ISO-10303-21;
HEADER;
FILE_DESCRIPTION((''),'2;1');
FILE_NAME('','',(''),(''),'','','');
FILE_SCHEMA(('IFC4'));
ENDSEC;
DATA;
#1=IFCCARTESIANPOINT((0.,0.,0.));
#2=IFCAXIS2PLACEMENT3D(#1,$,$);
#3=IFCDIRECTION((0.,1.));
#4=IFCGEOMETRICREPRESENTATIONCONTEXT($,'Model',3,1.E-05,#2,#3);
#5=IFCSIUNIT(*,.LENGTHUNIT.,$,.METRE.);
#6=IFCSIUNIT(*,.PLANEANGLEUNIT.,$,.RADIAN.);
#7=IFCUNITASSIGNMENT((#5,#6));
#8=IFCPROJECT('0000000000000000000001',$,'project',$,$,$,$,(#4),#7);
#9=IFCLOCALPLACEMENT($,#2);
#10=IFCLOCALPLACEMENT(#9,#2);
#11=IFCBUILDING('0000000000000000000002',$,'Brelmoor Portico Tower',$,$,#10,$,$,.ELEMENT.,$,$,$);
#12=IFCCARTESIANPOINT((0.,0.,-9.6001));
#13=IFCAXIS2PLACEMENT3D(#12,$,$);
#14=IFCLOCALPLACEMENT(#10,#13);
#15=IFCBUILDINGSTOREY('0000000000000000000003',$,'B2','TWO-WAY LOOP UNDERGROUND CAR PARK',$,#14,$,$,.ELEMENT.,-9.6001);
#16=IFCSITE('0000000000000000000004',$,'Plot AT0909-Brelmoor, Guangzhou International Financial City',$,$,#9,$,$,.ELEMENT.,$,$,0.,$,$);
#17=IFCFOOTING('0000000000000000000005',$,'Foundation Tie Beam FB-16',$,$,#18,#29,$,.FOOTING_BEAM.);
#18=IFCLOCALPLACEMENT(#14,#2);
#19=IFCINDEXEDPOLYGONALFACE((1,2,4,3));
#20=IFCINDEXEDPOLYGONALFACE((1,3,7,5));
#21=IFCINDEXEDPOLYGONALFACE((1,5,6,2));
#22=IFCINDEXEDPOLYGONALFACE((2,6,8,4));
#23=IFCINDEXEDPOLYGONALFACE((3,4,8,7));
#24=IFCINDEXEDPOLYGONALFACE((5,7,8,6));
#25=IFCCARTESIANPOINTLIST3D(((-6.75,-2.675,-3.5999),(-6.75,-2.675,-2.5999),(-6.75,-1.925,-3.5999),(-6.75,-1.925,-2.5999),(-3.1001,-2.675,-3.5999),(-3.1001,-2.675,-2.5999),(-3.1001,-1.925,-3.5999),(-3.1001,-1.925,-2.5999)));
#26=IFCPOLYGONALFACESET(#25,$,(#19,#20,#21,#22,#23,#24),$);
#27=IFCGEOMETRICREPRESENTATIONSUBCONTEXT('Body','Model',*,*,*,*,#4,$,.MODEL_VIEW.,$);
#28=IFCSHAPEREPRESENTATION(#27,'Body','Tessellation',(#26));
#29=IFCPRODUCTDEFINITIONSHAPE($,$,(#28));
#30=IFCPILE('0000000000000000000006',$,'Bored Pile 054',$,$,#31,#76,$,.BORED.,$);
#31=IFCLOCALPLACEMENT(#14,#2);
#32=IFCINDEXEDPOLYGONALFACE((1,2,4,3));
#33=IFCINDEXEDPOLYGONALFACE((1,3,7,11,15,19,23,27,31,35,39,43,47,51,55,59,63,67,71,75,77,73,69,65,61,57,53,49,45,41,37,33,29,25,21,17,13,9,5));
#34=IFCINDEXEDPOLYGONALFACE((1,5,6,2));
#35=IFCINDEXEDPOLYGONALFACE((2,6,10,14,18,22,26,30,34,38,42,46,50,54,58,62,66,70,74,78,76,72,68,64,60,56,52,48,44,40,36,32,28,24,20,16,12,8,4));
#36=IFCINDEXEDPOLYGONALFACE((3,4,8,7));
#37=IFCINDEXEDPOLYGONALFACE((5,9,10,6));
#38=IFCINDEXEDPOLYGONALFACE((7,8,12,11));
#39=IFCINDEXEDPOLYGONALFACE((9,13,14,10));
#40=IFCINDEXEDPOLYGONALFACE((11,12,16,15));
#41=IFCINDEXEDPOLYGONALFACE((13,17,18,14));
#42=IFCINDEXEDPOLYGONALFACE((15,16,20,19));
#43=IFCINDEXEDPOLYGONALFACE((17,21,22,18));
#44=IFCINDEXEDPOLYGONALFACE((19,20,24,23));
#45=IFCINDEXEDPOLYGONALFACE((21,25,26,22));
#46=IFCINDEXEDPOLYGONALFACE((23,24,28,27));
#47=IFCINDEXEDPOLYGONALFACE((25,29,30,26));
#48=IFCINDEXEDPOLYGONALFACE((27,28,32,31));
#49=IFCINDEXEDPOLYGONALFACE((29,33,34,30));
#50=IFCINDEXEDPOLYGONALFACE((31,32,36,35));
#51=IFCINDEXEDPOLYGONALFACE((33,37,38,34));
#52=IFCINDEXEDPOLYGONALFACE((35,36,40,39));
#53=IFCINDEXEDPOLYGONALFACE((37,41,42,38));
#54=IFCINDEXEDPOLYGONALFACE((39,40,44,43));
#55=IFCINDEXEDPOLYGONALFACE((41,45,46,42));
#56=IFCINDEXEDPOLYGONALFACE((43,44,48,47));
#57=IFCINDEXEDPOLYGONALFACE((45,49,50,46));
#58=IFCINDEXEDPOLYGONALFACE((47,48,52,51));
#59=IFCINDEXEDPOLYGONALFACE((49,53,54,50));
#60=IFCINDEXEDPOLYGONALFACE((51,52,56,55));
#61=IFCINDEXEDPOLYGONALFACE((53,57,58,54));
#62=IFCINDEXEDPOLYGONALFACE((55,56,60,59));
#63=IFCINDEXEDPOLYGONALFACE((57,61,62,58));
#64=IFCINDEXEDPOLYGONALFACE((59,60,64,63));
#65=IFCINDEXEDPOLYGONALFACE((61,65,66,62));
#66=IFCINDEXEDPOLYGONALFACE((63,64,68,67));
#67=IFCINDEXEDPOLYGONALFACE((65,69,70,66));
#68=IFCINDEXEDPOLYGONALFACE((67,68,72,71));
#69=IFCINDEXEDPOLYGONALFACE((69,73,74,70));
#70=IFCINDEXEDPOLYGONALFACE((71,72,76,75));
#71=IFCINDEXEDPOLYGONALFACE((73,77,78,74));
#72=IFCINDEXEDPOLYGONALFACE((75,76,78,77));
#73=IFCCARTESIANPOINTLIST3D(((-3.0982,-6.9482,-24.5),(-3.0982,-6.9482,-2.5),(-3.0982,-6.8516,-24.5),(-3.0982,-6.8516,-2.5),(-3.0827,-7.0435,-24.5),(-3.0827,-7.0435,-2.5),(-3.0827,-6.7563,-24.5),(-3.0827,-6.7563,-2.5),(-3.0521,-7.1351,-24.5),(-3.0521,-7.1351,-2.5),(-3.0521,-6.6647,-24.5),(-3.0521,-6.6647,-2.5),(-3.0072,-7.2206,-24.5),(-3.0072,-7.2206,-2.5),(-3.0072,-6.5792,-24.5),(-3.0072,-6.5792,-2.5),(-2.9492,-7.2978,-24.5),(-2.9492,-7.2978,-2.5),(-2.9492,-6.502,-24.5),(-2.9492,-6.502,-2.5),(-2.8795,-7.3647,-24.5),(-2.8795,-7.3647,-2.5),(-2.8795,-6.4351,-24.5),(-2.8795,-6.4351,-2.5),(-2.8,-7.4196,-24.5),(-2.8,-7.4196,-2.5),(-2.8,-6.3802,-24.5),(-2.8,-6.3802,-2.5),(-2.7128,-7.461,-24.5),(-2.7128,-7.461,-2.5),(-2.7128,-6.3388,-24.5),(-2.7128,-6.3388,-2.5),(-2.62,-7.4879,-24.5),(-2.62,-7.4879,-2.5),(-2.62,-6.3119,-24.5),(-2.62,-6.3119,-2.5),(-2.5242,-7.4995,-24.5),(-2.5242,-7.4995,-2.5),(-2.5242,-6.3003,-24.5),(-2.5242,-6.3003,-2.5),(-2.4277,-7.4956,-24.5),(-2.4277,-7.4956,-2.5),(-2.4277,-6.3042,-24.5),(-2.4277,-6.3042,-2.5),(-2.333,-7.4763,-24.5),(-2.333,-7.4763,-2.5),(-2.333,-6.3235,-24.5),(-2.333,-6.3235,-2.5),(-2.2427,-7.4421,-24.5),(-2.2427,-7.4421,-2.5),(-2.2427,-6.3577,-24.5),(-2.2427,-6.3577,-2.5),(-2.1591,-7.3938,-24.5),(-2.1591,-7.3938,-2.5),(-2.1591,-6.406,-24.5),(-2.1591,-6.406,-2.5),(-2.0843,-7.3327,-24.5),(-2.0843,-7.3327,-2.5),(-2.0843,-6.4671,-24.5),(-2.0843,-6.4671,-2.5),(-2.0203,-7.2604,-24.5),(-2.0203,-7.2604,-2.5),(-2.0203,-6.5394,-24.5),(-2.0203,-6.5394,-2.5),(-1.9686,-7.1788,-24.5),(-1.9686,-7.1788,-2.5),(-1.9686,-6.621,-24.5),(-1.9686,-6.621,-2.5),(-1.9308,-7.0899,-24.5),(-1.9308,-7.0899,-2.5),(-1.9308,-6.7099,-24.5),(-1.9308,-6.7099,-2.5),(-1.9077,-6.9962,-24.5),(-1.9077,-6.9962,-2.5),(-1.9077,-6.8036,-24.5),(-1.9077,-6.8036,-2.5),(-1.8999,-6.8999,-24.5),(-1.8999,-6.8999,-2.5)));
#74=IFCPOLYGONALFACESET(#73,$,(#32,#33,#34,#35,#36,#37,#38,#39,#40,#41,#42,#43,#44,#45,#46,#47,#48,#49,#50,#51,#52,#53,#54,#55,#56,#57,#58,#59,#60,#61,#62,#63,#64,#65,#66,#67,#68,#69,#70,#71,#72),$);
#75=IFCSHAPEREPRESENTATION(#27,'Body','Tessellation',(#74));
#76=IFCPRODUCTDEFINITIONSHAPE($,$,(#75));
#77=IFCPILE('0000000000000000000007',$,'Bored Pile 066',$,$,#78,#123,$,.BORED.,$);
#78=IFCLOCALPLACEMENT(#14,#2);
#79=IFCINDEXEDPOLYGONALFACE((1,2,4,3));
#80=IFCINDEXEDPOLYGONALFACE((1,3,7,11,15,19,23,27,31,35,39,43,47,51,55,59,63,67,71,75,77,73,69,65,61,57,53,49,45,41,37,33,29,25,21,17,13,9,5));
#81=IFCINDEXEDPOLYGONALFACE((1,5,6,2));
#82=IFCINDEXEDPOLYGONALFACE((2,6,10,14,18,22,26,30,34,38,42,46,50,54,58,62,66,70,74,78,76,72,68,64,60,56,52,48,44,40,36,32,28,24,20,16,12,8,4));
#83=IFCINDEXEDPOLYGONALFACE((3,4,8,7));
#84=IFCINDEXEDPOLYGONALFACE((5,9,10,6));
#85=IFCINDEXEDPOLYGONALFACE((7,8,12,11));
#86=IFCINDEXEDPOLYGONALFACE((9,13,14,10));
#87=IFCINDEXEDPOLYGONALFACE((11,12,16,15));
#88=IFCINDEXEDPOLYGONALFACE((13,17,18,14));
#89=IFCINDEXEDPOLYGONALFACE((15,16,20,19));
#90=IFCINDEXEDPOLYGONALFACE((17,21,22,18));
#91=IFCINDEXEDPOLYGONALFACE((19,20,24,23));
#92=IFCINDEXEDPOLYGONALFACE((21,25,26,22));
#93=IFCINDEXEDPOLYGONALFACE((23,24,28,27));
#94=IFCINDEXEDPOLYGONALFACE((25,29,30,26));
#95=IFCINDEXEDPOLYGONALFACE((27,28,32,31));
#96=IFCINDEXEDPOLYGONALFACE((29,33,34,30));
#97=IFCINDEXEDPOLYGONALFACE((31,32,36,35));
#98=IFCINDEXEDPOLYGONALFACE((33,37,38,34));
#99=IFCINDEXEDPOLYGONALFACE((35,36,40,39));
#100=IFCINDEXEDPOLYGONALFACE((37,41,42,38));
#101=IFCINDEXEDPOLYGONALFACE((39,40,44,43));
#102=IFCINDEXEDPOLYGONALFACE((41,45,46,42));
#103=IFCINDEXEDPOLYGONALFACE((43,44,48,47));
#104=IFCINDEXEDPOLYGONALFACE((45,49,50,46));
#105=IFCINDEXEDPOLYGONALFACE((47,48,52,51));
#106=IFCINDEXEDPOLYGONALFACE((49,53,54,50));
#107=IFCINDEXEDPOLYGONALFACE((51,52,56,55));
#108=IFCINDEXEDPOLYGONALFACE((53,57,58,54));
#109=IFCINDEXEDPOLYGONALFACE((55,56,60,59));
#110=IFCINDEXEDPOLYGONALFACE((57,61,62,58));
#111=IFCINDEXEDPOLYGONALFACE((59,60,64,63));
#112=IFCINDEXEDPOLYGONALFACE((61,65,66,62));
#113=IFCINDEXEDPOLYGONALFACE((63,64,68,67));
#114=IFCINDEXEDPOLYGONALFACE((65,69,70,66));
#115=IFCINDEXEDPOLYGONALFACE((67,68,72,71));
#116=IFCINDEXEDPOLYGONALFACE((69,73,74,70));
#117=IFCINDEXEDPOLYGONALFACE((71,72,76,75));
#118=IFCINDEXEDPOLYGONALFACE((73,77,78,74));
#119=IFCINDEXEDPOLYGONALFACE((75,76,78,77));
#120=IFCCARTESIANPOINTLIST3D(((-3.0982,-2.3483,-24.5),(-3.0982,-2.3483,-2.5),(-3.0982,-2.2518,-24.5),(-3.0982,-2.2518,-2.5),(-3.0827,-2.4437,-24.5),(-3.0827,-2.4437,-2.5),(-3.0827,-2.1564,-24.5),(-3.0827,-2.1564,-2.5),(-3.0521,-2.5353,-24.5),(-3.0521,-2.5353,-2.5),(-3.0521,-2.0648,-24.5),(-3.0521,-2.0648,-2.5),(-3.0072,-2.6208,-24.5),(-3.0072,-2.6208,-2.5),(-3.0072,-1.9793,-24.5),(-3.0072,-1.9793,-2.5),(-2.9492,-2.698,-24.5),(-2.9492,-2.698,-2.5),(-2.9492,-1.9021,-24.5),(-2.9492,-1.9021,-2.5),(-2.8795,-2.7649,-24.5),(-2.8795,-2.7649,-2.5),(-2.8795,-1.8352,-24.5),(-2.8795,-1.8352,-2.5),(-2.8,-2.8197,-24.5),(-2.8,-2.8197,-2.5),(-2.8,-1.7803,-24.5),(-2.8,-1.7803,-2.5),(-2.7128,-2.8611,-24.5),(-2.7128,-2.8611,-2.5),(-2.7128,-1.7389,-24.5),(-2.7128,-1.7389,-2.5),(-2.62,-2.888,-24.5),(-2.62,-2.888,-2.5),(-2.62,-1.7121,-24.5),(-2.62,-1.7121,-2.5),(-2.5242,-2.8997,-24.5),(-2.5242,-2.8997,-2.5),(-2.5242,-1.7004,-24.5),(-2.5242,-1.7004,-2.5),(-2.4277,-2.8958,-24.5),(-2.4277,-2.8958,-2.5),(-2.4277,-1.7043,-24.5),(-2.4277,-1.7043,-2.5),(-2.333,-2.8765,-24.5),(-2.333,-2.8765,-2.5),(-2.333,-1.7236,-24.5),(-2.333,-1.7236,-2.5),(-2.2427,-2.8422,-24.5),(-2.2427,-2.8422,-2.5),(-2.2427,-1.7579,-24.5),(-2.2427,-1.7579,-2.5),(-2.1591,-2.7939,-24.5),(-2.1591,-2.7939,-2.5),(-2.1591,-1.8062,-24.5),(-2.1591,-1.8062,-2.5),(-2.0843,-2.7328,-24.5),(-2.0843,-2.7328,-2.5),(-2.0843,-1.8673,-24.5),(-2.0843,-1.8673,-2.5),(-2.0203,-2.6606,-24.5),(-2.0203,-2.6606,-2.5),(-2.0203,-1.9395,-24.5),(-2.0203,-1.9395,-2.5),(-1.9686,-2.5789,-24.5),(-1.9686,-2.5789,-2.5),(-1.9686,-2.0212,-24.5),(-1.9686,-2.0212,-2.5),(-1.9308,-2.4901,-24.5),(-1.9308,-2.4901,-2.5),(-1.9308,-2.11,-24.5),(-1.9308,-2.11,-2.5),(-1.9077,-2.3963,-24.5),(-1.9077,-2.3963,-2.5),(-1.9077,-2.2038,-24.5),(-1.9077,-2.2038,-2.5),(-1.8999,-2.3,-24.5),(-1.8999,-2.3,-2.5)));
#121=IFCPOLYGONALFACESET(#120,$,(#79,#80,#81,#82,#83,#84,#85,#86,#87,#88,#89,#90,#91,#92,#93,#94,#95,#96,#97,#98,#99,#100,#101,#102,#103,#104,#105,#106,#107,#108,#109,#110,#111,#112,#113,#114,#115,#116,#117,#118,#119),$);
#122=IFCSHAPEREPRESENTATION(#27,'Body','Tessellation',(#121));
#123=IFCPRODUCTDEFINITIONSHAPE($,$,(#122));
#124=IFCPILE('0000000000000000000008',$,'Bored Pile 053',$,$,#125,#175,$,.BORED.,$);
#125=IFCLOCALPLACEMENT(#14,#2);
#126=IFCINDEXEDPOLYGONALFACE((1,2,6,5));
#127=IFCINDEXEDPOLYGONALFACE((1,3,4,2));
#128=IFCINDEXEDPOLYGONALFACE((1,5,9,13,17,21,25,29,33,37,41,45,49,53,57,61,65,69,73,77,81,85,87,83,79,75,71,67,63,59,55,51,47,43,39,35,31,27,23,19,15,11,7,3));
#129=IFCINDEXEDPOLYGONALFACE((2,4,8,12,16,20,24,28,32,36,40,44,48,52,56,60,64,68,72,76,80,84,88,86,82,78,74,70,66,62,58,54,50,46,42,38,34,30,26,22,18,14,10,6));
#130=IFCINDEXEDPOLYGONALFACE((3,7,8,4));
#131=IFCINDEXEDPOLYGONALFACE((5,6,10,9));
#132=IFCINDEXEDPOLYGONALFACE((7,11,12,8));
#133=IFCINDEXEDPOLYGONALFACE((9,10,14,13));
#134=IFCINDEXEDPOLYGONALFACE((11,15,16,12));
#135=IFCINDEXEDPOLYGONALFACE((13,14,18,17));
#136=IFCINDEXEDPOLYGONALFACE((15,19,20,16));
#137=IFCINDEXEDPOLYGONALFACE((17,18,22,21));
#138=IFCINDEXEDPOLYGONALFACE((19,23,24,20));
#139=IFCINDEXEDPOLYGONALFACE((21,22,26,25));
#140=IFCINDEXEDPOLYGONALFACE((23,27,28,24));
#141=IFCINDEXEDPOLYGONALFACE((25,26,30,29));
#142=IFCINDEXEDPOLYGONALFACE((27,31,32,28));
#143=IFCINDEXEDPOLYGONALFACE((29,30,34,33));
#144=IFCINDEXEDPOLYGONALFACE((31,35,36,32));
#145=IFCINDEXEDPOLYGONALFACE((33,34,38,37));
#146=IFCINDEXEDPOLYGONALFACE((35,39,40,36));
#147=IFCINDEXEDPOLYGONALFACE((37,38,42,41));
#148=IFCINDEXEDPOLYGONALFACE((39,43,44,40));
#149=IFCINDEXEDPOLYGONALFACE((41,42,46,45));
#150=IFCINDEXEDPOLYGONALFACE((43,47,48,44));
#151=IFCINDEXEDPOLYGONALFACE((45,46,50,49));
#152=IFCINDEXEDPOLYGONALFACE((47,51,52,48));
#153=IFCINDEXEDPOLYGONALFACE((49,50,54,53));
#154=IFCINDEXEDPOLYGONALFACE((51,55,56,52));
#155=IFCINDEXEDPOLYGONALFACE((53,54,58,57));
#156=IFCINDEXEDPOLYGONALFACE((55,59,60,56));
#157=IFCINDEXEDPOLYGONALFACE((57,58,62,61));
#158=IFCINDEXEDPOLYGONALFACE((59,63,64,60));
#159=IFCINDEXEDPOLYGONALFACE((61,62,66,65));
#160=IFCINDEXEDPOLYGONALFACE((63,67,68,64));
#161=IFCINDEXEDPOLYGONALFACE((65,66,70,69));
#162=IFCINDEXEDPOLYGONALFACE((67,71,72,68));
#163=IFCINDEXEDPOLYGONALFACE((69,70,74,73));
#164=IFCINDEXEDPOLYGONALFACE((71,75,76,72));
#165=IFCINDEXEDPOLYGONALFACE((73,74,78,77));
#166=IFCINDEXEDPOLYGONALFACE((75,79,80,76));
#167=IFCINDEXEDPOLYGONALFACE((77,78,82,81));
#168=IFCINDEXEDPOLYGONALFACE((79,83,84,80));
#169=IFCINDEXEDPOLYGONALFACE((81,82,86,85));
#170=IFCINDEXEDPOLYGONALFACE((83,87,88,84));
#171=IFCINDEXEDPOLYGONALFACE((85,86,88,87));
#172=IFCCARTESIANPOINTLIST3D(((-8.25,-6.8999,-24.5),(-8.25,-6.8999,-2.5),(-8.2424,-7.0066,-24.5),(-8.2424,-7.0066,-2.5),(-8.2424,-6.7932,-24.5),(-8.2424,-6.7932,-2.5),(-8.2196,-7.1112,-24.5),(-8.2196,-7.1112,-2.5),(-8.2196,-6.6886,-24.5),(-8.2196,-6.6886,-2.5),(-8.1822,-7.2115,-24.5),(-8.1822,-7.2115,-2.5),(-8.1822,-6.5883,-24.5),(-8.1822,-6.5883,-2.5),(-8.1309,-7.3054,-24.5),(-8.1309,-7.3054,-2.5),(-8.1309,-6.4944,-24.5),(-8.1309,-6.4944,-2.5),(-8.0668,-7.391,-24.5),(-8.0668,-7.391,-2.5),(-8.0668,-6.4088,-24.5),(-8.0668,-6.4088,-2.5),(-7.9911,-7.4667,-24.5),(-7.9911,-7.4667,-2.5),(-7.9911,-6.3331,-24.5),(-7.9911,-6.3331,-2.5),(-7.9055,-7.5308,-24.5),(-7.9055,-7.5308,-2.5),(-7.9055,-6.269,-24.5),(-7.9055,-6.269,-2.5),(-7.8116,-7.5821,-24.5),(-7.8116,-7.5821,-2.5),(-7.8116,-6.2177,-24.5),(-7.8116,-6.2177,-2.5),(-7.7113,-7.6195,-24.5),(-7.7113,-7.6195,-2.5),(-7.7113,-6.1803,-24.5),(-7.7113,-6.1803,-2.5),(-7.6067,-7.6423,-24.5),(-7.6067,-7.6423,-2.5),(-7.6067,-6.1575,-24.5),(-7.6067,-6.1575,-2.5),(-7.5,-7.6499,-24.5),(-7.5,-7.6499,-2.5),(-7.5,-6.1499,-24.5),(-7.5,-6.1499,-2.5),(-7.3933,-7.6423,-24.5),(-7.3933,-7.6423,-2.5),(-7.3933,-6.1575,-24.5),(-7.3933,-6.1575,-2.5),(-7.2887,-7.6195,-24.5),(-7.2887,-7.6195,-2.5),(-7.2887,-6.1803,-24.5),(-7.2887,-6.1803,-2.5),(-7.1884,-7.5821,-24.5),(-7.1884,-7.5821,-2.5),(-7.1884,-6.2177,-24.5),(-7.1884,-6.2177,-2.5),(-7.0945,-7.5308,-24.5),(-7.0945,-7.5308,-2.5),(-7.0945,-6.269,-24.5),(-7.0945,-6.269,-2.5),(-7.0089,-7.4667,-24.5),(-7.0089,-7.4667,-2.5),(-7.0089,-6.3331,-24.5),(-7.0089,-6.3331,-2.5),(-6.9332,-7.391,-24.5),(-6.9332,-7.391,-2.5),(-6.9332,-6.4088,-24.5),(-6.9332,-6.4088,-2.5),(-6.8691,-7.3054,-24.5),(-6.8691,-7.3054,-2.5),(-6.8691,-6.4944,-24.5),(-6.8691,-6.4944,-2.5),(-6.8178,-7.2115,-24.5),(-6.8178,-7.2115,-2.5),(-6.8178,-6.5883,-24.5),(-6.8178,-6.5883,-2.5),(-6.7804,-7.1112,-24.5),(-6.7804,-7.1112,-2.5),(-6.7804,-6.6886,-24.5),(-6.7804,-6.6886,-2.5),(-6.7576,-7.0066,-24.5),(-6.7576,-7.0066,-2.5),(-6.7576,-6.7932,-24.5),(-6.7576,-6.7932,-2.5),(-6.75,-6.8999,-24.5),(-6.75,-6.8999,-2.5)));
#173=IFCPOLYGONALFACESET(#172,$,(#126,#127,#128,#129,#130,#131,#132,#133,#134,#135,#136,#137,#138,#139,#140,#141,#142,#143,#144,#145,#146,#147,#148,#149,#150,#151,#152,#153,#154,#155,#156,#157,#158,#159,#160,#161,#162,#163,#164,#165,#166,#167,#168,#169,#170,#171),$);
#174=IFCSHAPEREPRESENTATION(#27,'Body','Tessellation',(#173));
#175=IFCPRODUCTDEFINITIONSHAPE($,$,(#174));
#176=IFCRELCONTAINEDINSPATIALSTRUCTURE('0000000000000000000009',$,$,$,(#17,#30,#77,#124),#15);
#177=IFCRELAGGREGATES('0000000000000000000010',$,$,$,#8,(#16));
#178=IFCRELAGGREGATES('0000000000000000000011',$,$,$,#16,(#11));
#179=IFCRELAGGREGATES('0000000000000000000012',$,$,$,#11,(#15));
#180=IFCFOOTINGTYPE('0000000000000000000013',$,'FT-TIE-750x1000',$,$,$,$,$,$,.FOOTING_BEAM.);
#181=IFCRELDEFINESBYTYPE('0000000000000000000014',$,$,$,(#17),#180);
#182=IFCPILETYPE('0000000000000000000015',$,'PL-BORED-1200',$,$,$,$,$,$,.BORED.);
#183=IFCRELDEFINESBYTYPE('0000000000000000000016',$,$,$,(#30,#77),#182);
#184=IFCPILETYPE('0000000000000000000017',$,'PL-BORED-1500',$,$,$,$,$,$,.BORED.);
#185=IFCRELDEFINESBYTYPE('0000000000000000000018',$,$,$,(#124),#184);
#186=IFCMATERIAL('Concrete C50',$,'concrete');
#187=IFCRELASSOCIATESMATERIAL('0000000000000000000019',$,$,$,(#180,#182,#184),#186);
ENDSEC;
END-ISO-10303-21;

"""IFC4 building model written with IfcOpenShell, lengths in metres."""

from ifc_helpers import new_model, si_unit, direction, frame, origin, origin_2d, place, context, subcontext, project, spatial, rectangle, circle, extrude, material, material_profile, profile_set, type_object, element, save


model = new_model("IFC4")

# Units and contexts
model_context = context("Model", 3, precision=1e-05, world=origin(), true_north=direction((0.0, 1.0)))
body_context = subcontext(model_context, "Body", "Model", "MODEL_VIEW")
ifc_project = project(units=[si_unit("LENGTHUNIT", "METRE"), si_unit("PLANEANGLEUNIT", "RADIAN")], contexts=[model_context])

# Site, building, storey
site_placement = place(None, origin())
site = spatial("IfcSite", under=ifc_project, at=site_placement, Name="Plot AT0909-Brelmoor, Guangzhou International Financial City", CompositionType="ELEMENT", RefElevation=0.0)
building_placement = place(site_placement, origin())
building = spatial("IfcBuilding", under=site, at=building_placement, Name="Brelmoor Portico Tower", CompositionType="ELEMENT")
storey_placement = place(building_placement, frame((0.0, 0.0, -9.6001)))
storey = spatial("IfcBuildingStorey", under=building, at=storey_placement, Name="B2", Description="TWO-WAY LOOP UNDERGROUND CAR PARK", CompositionType="ELEMENT", Elevation=-9.6001)

# Footing
ifc_material_1 = material(Name="Concrete C50", Category="concrete")
ifc_material_profile_1 = material_profile(ifc_material_1, rectangle(XDim=0.75, YDim=1.0, at=origin_2d()), Name="RC 750x1000")
ifc_profile_set_1 = profile_set([ifc_material_profile_1], Name="Concrete C50")
footing_type = type_object("IfcFootingType", Name="FT-TIE-750x1000", PredefinedType="FOOTING_BEAM", material=ifc_profile_set_1)
footing_placement = place(storey_placement, frame((-6.75, -2.3, -3.0999), z_axis=(1.0, 0.0, 0.0), x_axis=(0.0, 1.0, 0.0)))
element("IfcFooting", 1, at=footing_placement, inside=storey, type_object=footing_type, Name="Foundation Tie Beam FB-16", PredefinedType="FOOTING_BEAM", context=body_context, shape_type="SweptSolid", body=[
    extrude(rectangle(XDim=0.75, YDim=1.0, at=origin_2d()), origin(), (0.0, 0.0, 1.0), 3.6499),
])

# Piles
ifc_material_profile_2 = material_profile(ifc_material_1, circle(Radius=0.6001, at=origin_2d()), Name="BORED PILE D1200")
ifc_profile_set_2 = profile_set([ifc_material_profile_2], Name="Concrete C50")
pile_type_1 = type_object("IfcPileType", Name="PL-BORED-1200", PredefinedType="BORED", material=ifc_profile_set_2)
for number, where, z_axis, x_axis, name in (
    (2, (-2.5, -6.8999, -2.5), (0.0, 0.0, -1.0), (1.0, 0.0, 0.0), "Bored Pile 054"),
    (3, (-2.5, -2.3, -2.5), (0.0, 0.0, -1.0), (1.0, 0.0, 0.0), "Bored Pile 066"),
):
    element("IfcPile", number, at=place(storey_placement, frame(where, z_axis=z_axis, x_axis=x_axis)), inside=storey, type_object=pile_type_1, Name=name, PredefinedType="BORED", context=body_context, shape_type="SweptSolid", body=[
        extrude(circle(Radius=0.6001, at=origin_2d()), origin(), (0.0, 0.0, 1.0), 22.0),
    ])
ifc_material_profile_3 = material_profile(ifc_material_1, circle(Radius=0.75, at=origin_2d()), Name="BORED PILE D1500")
ifc_profile_set_3 = profile_set([ifc_material_profile_3], Name="Concrete C50")
pile_type_2 = type_object("IfcPileType", Name="PL-BORED-1500", PredefinedType="BORED", material=ifc_profile_set_3)
for number, where, z_axis, x_axis, name in (
    (4, (-7.5, -6.8999, -2.5), (0.0, 0.0, -1.0), (1.0, 0.0, 0.0), "Bored Pile 053"),
):
    element("IfcPile", number, at=place(storey_placement, frame(where, z_axis=z_axis, x_axis=x_axis)), inside=storey, type_object=pile_type_2, Name=name, PredefinedType="BORED", context=body_context, shape_type="SweptSolid", body=[
        extrude(circle(Radius=0.75, at=origin_2d()), origin(), (0.0, 0.0, 1.0), 22.0),
    ])

save(model, "model.ifc")
